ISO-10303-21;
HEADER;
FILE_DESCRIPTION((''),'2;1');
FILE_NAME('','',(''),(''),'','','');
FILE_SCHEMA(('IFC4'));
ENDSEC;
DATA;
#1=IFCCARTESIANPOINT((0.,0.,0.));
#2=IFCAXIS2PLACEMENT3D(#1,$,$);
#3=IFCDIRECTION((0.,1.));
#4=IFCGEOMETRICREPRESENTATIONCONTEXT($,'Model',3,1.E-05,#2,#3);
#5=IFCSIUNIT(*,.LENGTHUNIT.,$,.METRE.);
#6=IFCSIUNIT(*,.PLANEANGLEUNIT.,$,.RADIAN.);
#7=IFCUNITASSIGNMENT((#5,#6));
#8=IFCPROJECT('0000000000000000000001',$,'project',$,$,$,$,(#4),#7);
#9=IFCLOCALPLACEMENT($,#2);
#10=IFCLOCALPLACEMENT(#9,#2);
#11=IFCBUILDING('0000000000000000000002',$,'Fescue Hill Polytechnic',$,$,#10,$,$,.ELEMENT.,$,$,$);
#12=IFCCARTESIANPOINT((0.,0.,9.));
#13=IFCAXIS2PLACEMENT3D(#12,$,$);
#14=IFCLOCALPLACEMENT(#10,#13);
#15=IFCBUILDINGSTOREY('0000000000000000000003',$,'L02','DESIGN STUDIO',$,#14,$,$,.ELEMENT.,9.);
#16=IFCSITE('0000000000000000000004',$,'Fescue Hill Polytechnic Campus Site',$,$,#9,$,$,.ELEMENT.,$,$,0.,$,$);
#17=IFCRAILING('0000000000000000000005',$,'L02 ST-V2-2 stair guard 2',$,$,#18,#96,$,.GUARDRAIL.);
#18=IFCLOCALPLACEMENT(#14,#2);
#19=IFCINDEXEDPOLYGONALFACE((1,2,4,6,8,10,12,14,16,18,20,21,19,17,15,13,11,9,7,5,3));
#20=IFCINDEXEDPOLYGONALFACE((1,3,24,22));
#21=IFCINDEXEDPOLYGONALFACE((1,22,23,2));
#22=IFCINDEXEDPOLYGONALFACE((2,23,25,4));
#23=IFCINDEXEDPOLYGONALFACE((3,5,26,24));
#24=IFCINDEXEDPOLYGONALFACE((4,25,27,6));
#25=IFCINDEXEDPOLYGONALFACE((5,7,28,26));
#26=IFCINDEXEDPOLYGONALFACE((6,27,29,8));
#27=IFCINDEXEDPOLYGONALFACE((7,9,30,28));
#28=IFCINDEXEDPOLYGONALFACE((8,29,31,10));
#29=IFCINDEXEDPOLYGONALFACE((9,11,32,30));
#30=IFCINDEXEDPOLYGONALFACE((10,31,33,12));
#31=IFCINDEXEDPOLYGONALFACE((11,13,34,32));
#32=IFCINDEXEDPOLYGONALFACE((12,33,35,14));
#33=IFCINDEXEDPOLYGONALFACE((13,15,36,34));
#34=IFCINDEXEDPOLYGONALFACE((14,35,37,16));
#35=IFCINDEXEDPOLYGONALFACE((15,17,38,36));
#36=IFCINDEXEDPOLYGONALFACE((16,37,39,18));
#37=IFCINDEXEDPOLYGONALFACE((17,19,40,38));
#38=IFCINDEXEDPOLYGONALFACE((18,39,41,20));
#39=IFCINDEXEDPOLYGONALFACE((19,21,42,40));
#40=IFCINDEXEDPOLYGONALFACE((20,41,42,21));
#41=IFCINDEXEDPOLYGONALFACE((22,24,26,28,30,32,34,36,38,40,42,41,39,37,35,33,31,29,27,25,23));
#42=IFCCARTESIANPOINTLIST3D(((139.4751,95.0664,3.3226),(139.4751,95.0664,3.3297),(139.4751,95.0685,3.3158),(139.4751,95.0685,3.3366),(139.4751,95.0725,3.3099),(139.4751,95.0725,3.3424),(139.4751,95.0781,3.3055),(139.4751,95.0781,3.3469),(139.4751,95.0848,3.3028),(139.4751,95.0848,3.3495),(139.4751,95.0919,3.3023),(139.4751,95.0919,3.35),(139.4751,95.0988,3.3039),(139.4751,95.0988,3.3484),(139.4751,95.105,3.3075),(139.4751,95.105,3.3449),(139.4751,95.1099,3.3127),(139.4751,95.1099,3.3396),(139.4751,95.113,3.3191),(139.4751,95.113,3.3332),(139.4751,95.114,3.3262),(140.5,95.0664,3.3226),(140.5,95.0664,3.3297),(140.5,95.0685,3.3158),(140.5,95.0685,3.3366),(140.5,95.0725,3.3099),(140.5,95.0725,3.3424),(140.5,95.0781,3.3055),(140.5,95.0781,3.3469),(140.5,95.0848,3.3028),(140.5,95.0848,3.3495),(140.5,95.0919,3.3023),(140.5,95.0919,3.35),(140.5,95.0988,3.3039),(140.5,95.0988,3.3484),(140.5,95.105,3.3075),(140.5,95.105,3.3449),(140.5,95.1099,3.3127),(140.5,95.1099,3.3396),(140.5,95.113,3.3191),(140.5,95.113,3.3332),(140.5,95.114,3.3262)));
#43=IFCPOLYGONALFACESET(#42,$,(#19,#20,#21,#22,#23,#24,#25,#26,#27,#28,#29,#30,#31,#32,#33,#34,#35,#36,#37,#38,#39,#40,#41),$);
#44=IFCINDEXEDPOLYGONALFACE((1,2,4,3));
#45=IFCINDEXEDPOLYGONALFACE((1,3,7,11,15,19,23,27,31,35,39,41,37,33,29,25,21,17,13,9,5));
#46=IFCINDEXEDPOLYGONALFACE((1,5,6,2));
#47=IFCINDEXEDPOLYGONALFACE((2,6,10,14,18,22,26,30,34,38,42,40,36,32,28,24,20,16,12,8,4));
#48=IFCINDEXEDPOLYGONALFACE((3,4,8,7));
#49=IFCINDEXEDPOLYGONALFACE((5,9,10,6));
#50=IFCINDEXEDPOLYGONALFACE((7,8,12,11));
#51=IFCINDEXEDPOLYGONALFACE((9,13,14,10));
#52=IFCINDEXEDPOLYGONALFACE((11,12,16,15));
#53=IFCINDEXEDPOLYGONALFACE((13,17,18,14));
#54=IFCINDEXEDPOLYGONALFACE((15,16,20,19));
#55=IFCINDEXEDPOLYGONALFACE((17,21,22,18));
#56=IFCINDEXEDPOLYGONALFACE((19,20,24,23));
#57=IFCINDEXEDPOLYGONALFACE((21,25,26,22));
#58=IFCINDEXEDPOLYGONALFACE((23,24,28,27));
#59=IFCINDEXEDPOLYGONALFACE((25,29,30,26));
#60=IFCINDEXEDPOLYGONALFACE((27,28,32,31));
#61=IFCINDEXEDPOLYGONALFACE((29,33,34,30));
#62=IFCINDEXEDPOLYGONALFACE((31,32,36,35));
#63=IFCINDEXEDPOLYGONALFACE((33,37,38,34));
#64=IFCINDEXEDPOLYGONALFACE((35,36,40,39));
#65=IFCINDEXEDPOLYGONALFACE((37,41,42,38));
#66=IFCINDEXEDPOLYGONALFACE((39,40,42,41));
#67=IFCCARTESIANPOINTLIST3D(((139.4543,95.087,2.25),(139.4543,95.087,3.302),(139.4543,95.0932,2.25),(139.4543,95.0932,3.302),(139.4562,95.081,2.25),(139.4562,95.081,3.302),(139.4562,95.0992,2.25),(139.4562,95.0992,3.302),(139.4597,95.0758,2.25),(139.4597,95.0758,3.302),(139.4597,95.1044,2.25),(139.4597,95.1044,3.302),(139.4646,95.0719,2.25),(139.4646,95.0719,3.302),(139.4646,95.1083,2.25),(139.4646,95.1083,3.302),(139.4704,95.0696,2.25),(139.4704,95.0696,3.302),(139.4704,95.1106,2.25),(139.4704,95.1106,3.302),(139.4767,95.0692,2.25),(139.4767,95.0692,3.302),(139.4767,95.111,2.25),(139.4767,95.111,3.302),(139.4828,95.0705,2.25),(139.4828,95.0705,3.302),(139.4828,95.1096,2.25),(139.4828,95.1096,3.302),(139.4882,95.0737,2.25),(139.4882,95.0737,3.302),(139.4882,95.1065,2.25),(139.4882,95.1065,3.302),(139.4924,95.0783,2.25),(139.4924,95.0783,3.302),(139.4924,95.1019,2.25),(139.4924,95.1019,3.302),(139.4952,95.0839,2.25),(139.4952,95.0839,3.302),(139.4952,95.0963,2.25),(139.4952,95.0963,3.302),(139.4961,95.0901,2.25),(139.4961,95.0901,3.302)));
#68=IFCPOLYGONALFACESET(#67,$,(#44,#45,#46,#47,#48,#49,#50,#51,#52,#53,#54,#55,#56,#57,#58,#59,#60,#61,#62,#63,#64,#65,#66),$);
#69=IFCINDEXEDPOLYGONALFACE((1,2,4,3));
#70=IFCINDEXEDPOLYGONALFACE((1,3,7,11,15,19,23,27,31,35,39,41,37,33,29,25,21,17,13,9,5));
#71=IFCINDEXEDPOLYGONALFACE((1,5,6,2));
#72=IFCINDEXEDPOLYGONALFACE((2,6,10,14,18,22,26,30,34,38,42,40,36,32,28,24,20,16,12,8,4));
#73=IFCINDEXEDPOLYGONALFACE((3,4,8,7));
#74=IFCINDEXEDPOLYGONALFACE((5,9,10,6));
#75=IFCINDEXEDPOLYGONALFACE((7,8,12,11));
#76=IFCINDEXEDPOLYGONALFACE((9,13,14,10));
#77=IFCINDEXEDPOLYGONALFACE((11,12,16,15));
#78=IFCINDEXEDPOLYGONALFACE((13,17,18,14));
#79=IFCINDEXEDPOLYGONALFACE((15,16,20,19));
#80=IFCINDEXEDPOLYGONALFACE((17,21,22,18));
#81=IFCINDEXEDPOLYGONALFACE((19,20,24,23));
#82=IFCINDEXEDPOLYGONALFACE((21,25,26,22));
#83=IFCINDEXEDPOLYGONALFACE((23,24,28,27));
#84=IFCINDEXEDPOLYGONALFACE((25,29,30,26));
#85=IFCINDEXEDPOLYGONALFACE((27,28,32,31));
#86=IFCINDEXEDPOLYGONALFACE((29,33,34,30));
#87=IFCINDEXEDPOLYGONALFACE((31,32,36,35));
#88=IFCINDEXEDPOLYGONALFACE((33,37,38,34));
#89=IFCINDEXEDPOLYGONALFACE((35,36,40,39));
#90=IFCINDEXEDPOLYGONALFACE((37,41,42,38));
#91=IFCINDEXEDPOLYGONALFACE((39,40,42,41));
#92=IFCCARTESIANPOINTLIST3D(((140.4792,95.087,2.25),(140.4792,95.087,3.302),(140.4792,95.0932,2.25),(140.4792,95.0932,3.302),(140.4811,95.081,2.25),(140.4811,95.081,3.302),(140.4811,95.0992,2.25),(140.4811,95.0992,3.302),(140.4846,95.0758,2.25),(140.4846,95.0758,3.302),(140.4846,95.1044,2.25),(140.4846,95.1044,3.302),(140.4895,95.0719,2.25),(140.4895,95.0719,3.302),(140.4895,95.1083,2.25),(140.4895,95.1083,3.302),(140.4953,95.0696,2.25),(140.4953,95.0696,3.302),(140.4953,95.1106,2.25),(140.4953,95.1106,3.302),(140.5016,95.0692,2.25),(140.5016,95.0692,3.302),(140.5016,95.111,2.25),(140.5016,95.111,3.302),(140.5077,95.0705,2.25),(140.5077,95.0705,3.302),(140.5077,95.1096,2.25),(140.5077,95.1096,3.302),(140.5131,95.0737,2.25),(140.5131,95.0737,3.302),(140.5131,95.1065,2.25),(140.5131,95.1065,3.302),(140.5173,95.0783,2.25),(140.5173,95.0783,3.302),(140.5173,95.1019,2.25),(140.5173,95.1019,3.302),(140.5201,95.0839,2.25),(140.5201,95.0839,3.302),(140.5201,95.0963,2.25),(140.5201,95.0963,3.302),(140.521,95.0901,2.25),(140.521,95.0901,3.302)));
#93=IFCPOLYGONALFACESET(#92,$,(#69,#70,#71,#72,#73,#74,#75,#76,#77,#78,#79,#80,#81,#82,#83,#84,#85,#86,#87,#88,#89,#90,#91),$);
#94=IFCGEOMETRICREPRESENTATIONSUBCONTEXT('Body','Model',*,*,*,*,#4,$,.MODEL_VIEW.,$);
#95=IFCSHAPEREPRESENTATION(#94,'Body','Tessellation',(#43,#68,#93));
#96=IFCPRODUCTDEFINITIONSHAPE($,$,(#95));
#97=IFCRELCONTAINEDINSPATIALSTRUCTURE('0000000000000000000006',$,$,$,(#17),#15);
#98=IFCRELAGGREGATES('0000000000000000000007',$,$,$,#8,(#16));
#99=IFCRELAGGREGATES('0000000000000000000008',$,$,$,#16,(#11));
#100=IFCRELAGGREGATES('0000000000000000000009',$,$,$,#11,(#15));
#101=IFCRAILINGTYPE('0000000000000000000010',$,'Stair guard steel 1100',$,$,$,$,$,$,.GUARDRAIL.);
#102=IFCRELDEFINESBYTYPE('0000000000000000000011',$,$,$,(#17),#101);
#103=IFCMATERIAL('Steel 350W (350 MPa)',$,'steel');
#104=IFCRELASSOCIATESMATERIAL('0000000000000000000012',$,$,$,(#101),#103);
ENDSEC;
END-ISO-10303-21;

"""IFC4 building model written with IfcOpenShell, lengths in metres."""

from ifc_helpers import new_model, si_unit, direction, frame, origin, origin_2d, place, context, subcontext, project, spatial, circle, extrude, material, type_object, element, save


model = new_model("IFC4")

# Units and contexts
model_context = context("Model", 3, precision=1e-05, world=origin(), true_north=direction((0.0, 1.0)))
body_context = subcontext(model_context, "Body", "Model", "MODEL_VIEW")
ifc_project = project(units=[si_unit("LENGTHUNIT", "METRE"), si_unit("PLANEANGLEUNIT", "RADIAN")], contexts=[model_context])

# Site, building, storey
site_placement = place(None, origin())
site = spatial("IfcSite", under=ifc_project, at=site_placement, Name="Fescue Hill Polytechnic Campus Site", CompositionType="ELEMENT", RefElevation=0.0)
building_placement = place(site_placement, origin())
building = spatial("IfcBuilding", under=site, at=building_placement, Name="Fescue Hill Polytechnic", CompositionType="ELEMENT")
storey_placement = place(building_placement, frame((0.0, 0.0, 9.0)))
storey = spatial("IfcBuildingStorey", under=building, at=storey_placement, Name="L02", Description="DESIGN STUDIO", CompositionType="ELEMENT", Elevation=9.0)

# Railing
ifc_material_1 = material(Name="Steel 350W (350 MPa)", Category="steel")
railing_type_1 = type_object("IfcRailingType", Name="Stair guard steel 1100", PredefinedType="GUARDRAIL", material=ifc_material_1)
railing_1_placement = place(storey_placement, frame((139.4751, 95.0901, 2.25)))
element("IfcRailing", 1, at=railing_1_placement, inside=storey, type_object=railing_type_1, Name="L02 ST-V2-2 stair guard 2", PredefinedType="GUARDRAIL", context=body_context, shape_type="SweptSolid", body=[
    extrude(circle(Radius=0.0239, at=origin_2d()), frame((0.0, 0.0, 1.0762), z_axis=(1.0, 0.0, 0.0), x_axis=(0.0, 1.0, 0.0)), (0.0, 0.0, 1.0), 1.0249),
    extrude(circle(Radius=0.021, at=origin_2d()), origin(), (0.0, 0.0, 1.0), 1.052),
    extrude(circle(Radius=0.021, at=origin_2d()), frame((1.0249, 0.0, 0.0)), (0.0, 0.0, 1.0), 1.052),
])

save(model, "model.ifc")
